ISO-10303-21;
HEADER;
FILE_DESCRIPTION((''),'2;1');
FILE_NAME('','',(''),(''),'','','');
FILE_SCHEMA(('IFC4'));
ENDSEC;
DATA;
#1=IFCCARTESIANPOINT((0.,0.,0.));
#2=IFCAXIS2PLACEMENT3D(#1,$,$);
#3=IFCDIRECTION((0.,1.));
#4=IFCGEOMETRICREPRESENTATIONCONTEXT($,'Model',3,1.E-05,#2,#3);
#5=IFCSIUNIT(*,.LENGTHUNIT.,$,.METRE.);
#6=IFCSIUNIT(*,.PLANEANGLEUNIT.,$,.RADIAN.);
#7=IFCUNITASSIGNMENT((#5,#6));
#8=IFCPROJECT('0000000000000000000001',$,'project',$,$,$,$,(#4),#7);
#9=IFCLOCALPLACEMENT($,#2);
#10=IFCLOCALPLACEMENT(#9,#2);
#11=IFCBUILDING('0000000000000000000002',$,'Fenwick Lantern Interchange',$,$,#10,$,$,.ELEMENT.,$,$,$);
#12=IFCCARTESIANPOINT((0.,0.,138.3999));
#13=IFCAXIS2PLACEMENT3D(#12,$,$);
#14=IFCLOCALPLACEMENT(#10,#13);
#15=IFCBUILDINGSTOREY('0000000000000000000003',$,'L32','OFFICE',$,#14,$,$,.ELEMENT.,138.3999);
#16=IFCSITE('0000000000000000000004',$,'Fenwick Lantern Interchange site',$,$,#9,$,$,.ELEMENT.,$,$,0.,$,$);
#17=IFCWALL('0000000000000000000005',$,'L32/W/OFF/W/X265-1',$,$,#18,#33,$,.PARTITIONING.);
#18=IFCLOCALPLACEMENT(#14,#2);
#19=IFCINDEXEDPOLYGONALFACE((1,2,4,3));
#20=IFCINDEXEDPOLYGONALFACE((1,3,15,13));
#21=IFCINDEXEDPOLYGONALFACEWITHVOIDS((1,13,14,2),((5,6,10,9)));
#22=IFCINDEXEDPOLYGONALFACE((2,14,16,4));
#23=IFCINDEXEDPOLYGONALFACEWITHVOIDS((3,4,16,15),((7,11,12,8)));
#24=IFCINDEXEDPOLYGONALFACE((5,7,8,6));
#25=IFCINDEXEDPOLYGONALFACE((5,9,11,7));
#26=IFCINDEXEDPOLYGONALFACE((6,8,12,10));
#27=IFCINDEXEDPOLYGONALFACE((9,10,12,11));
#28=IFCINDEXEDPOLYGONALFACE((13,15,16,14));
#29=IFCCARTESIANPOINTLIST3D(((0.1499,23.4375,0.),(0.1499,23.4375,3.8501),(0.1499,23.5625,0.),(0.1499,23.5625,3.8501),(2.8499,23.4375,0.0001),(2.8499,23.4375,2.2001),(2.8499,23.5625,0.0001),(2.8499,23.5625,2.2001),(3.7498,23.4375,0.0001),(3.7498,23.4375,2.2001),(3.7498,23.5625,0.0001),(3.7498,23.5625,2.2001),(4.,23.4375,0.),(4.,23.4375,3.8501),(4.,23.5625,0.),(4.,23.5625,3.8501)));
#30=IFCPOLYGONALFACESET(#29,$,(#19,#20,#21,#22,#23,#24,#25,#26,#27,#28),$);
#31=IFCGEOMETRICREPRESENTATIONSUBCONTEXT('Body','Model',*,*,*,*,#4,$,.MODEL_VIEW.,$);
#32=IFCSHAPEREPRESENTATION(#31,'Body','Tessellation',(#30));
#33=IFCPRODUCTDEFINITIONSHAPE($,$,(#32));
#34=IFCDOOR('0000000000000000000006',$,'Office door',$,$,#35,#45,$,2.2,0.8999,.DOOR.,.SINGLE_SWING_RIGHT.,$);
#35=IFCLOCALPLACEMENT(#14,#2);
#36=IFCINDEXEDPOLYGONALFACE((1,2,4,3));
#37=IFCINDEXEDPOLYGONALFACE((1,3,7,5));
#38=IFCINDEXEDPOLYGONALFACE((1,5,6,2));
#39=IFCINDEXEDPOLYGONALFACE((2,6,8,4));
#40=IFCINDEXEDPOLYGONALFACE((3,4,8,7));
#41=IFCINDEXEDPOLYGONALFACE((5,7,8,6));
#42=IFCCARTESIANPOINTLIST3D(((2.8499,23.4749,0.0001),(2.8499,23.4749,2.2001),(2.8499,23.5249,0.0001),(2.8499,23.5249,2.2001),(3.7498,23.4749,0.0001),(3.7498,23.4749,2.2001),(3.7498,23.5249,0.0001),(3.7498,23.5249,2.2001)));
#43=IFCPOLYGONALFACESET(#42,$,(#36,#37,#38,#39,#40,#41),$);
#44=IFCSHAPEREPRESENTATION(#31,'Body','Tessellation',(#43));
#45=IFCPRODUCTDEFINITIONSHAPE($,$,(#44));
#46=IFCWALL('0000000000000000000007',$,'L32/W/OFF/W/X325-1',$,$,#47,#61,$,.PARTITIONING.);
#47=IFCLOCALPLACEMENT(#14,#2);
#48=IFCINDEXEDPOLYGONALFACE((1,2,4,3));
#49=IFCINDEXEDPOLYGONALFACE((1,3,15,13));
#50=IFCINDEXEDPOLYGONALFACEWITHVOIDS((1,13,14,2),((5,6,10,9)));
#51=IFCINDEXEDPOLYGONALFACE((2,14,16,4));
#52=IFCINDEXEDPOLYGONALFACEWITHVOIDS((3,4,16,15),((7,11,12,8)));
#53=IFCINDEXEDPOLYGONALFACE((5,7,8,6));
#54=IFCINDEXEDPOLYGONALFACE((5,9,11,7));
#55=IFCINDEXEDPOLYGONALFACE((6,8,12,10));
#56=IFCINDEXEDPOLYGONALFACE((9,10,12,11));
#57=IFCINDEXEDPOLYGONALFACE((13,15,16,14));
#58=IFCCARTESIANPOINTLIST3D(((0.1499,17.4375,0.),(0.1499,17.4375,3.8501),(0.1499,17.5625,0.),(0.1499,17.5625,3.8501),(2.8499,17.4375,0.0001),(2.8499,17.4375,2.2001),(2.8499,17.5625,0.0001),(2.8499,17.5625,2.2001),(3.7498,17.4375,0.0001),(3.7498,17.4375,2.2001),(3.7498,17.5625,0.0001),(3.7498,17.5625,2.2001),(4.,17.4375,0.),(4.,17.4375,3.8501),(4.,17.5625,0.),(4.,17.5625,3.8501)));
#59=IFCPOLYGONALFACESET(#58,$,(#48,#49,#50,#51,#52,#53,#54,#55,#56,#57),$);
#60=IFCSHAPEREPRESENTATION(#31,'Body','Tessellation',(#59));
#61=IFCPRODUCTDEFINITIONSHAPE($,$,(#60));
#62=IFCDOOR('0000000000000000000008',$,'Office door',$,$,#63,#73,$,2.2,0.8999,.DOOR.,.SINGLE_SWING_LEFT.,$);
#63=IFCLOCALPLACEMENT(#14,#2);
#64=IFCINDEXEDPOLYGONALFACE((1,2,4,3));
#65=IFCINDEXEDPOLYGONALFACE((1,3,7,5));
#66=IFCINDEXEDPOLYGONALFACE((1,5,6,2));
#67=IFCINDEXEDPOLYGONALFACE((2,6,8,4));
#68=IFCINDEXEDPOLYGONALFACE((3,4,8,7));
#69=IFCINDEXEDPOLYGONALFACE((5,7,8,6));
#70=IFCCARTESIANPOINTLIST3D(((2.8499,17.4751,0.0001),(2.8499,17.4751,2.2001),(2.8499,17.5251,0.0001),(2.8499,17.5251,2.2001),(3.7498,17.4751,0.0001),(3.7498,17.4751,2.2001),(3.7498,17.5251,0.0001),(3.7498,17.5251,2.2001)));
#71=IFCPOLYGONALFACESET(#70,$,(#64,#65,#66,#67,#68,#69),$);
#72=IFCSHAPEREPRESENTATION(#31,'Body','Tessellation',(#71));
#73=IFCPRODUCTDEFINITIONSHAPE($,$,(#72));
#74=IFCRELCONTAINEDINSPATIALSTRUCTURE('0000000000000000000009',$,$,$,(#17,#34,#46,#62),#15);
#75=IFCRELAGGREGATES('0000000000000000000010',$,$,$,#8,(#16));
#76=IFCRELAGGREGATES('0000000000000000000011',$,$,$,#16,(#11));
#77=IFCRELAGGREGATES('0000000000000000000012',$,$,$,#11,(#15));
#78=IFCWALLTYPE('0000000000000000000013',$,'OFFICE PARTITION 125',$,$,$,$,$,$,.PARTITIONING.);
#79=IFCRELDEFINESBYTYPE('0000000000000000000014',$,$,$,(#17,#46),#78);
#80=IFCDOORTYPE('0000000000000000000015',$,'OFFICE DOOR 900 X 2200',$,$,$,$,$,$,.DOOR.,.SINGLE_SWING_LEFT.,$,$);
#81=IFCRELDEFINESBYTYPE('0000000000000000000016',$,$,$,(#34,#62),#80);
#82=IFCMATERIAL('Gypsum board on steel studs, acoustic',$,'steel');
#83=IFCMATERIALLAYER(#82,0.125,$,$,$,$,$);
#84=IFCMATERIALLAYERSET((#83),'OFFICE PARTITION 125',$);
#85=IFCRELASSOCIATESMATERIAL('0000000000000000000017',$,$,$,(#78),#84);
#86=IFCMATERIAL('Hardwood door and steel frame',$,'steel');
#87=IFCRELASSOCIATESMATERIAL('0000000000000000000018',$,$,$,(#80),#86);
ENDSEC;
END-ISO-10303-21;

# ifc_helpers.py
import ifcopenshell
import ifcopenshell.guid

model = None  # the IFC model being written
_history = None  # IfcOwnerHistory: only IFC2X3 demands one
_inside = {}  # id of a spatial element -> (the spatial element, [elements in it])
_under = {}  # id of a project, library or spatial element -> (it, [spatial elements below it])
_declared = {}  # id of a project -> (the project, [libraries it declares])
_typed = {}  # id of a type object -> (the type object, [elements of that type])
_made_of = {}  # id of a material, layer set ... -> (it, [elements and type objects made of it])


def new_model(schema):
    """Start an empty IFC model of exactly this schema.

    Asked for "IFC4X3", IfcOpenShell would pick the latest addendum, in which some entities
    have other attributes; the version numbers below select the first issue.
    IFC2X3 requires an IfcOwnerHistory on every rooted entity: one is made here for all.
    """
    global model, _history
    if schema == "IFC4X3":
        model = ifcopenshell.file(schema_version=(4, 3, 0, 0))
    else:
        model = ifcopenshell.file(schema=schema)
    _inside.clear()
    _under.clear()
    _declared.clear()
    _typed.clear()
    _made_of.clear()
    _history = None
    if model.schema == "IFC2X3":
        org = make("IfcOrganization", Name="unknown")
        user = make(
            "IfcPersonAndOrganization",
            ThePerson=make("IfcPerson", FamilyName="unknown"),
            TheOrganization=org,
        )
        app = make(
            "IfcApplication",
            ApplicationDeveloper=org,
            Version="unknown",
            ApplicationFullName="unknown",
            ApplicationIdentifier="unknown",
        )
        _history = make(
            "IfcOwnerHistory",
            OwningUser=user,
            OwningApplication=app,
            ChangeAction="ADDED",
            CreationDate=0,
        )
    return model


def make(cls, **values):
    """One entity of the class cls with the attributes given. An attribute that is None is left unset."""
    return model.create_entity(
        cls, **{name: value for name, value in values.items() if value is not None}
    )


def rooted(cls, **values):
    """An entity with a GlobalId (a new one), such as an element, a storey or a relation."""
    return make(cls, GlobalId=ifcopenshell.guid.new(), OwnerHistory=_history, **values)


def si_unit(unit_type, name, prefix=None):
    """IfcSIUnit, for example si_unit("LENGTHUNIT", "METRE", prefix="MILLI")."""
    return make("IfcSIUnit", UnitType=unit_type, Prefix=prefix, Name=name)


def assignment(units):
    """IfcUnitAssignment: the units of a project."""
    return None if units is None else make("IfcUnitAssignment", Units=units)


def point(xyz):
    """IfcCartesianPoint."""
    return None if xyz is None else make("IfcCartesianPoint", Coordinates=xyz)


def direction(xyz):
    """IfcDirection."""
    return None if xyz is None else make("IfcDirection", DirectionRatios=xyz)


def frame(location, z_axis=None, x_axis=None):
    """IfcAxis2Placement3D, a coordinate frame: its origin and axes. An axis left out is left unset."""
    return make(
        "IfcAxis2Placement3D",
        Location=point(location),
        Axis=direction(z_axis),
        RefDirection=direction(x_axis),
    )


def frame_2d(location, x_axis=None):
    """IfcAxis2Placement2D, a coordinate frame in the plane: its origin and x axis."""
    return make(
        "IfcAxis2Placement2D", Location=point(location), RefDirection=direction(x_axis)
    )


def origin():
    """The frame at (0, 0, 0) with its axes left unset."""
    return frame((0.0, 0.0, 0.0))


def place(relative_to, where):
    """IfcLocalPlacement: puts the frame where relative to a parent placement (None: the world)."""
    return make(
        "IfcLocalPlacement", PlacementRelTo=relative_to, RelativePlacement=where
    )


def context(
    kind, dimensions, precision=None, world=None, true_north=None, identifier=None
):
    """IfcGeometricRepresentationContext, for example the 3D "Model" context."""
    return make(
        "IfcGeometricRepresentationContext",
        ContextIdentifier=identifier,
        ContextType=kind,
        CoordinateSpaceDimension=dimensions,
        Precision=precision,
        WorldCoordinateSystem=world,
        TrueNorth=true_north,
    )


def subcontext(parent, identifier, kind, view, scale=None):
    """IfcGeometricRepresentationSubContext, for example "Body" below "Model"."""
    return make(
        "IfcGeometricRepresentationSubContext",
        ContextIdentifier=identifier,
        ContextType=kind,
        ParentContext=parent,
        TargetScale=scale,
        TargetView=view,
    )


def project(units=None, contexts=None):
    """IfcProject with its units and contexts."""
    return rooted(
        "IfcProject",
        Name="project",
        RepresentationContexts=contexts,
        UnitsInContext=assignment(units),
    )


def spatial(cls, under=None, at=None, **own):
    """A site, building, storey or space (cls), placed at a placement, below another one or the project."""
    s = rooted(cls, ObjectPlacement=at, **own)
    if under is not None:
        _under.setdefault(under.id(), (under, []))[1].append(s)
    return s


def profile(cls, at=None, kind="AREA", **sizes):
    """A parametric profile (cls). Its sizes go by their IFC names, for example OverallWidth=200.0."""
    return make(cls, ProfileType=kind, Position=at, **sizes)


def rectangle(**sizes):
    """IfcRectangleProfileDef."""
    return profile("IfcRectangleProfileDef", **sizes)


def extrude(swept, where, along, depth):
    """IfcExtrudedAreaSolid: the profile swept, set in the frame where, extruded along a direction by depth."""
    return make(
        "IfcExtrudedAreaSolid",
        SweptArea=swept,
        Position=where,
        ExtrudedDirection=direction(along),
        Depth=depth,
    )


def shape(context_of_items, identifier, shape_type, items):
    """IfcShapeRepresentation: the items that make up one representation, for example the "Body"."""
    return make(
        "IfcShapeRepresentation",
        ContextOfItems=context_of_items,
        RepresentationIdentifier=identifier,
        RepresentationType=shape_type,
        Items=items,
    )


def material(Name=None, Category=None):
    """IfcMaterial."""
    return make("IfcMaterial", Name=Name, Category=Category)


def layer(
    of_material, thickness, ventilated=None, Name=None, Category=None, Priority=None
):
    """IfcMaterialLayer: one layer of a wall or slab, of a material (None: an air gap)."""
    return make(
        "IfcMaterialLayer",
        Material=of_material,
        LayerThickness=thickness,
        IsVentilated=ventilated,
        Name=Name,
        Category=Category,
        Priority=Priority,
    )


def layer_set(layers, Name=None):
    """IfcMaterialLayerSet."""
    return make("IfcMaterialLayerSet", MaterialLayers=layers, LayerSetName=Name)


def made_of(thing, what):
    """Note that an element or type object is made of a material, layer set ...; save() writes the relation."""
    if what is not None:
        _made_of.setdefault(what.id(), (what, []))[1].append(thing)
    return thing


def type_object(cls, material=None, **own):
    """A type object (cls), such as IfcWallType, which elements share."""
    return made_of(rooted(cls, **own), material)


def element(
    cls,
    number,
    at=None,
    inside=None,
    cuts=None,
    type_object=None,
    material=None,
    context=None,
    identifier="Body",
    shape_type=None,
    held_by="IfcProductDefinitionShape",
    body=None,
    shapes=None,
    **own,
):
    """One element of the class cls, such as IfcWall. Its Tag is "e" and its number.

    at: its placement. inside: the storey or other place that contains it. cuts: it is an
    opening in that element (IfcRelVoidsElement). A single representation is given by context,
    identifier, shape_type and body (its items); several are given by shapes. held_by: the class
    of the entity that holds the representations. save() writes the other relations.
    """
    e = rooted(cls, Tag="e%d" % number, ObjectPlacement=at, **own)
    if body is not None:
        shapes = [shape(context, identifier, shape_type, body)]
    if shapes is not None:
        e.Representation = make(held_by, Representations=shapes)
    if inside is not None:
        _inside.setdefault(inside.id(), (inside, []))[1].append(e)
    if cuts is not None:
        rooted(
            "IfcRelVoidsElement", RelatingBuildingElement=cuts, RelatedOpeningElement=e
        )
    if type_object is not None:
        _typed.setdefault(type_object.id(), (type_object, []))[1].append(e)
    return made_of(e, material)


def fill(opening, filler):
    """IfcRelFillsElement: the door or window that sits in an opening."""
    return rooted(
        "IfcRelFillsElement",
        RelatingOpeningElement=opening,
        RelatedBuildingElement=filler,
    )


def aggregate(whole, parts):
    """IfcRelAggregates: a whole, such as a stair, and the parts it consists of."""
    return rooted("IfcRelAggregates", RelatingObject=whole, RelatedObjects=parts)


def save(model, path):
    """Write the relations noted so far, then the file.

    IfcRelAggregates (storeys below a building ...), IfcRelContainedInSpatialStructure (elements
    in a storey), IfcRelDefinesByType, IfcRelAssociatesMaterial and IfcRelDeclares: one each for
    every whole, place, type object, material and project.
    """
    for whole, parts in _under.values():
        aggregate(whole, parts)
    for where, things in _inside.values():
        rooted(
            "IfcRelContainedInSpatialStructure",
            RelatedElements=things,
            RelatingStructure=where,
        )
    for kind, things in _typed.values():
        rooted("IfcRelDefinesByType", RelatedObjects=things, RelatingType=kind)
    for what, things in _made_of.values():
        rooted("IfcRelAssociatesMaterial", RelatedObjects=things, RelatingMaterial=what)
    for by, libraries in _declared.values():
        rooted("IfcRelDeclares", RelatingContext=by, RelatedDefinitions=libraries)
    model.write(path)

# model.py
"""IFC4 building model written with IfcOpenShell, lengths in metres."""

from ifc_helpers import new_model, si_unit, direction, frame, frame_2d, origin, place, context, subcontext, project, spatial, rectangle, extrude, material, layer, layer_set, type_object, element, fill, save


model = new_model("IFC4")

# Units and contexts
model_context = context("Model", 3, precision=1e-05, world=origin(), true_north=direction((0.0, 1.0)))
body_context = subcontext(model_context, "Body", "Model", "MODEL_VIEW")
ifc_project = project(units=[si_unit("LENGTHUNIT", "METRE"), si_unit("PLANEANGLEUNIT", "RADIAN")], contexts=[model_context])

# Site, building, storey
site_placement = place(None, origin())
site = spatial("IfcSite", under=ifc_project, at=site_placement, Name="Fenwick Lantern Interchange site", CompositionType="ELEMENT", RefElevation=0.0)
building_placement = place(site_placement, origin())
building = spatial("IfcBuilding", under=site, at=building_placement, Name="Fenwick Lantern Interchange", CompositionType="ELEMENT")
storey_placement = place(building_placement, frame((0.0, 0.0, 138.3999)))
storey = spatial("IfcBuildingStorey", under=building, at=storey_placement, Name="L32", Description="OFFICE", CompositionType="ELEMENT", Elevation=138.3999)

# Shared definitions
ifc_material_1 = material(Name="Gypsum board on steel studs, acoustic", Category="steel")
ifc_layer = layer(ifc_material_1, 0.125)
ifc_layer_set = layer_set([ifc_layer], Name="OFFICE PARTITION 125")
wall_type = type_object("IfcWallType", Name="OFFICE PARTITION 125", PredefinedType="PARTITIONING", material=ifc_layer_set)

# Walls, openings, doors
wall_1_placement = place(storey_placement, frame((0.1499, 23.5, 0.0), z_axis=(0.0, 0.0, 1.0), x_axis=(1.0, 0.0, 0.0)))
wall_1 = element("IfcWall", 1, at=wall_1_placement, inside=storey, type_object=wall_type, Name="L32/W/OFF/W/X265-1", PredefinedType="PARTITIONING", context=body_context, shape_type="SweptSolid", body=[
    extrude(rectangle(XDim=3.8501, YDim=0.125, at=frame_2d((1.925, 0.0))), origin(), (0.0, 0.0, 1.0), 3.8501),
])
opening_1_placement = place(wall_1_placement, frame((2.7, 0.0, 0.0)))
opening_1 = element("IfcOpeningElement", 2, at=opening_1_placement, cuts=wall_1, PredefinedType="OPENING", context=body_context, shape_type="SweptSolid", body=[
    extrude(rectangle(XDim=0.8999, YDim=2.2, at=frame_2d((0.45, 1.1001))), frame((0.0, 0.0725, 0.0), z_axis=(0.0, -1.0, 0.0), x_axis=(1.0, 0.0, 0.0)), (0.0, 0.0, 1.0), 0.145),
])
ifc_material_2 = material(Name="Hardwood door and steel frame", Category="steel")
door_type = type_object("IfcDoorType", Name="OFFICE DOOR 900 X 2200", OperationType="SINGLE_SWING_LEFT", PredefinedType="DOOR", material=ifc_material_2)
door_1_placement = place(opening_1_placement, origin())
door_1 = element("IfcDoor", 3, at=door_1_placement, inside=storey, type_object=door_type, Name="Office door", OperationType="SINGLE_SWING_RIGHT", OverallHeight=2.2, OverallWidth=0.8999, PredefinedType="DOOR", context=body_context, shape_type="SweptSolid", body=[
    extrude(rectangle(XDim=0.8999, YDim=2.2, at=frame_2d((0.45, 1.1001))), frame((0.0, 0.0249, 0.0), z_axis=(0.0, -1.0, 0.0), x_axis=(1.0, 0.0, 0.0)), (0.0, 0.0, 1.0), 0.05),
])
fill(opening_1, door_1)
wall_2_placement = place(storey_placement, frame((0.1499, 17.5, 0.0), z_axis=(0.0, 0.0, 1.0), x_axis=(1.0, 0.0, 0.0)))
wall_2 = element("IfcWall", 4, at=wall_2_placement, inside=storey, type_object=wall_type, Name="L32/W/OFF/W/X325-1", PredefinedType="PARTITIONING", context=body_context, shape_type="SweptSolid", body=[
    extrude(rectangle(XDim=3.8501, YDim=0.125, at=frame_2d((1.925, 0.0))), origin(), (0.0, 0.0, 1.0), 3.8501),
])
opening_2_placement = place(wall_2_placement, frame((2.7, 0.0, 0.0)))
opening_2 = element("IfcOpeningElement", 5, at=opening_2_placement, cuts=wall_2, PredefinedType="OPENING", context=body_context, shape_type="SweptSolid", body=[
    extrude(rectangle(XDim=0.8999, YDim=2.2, at=frame_2d((0.45, 1.1001))), frame((0.0, 0.0725, 0.0), z_axis=(0.0, -1.0, 0.0), x_axis=(1.0, 0.0, 0.0)), (0.0, 0.0, 1.0), 0.145),
])
door_2_placement = place(opening_2_placement, frame((0.8999, 0.0, 0.0), z_axis=(0.0, 0.0, 1.0), x_axis=(-1.0, 0.0, 0.0)))
door_2 = element("IfcDoor", 6, at=door_2_placement, inside=storey, type_object=door_type, Name="Office door", OperationType="SINGLE_SWING_LEFT", OverallHeight=2.2, OverallWidth=0.8999, PredefinedType="DOOR", context=body_context, shape_type="SweptSolid", body=[
    extrude(rectangle(XDim=0.8999, YDim=2.2, at=frame_2d((0.45, 1.1001))), frame((0.0, 0.0249, 0.0), z_axis=(0.0, -1.0, 0.0), x_axis=(1.0, 0.0, 0.0)), (0.0, 0.0, 1.0), 0.05),
])
fill(opening_2, door_2)

save(model, "model.ifc")
